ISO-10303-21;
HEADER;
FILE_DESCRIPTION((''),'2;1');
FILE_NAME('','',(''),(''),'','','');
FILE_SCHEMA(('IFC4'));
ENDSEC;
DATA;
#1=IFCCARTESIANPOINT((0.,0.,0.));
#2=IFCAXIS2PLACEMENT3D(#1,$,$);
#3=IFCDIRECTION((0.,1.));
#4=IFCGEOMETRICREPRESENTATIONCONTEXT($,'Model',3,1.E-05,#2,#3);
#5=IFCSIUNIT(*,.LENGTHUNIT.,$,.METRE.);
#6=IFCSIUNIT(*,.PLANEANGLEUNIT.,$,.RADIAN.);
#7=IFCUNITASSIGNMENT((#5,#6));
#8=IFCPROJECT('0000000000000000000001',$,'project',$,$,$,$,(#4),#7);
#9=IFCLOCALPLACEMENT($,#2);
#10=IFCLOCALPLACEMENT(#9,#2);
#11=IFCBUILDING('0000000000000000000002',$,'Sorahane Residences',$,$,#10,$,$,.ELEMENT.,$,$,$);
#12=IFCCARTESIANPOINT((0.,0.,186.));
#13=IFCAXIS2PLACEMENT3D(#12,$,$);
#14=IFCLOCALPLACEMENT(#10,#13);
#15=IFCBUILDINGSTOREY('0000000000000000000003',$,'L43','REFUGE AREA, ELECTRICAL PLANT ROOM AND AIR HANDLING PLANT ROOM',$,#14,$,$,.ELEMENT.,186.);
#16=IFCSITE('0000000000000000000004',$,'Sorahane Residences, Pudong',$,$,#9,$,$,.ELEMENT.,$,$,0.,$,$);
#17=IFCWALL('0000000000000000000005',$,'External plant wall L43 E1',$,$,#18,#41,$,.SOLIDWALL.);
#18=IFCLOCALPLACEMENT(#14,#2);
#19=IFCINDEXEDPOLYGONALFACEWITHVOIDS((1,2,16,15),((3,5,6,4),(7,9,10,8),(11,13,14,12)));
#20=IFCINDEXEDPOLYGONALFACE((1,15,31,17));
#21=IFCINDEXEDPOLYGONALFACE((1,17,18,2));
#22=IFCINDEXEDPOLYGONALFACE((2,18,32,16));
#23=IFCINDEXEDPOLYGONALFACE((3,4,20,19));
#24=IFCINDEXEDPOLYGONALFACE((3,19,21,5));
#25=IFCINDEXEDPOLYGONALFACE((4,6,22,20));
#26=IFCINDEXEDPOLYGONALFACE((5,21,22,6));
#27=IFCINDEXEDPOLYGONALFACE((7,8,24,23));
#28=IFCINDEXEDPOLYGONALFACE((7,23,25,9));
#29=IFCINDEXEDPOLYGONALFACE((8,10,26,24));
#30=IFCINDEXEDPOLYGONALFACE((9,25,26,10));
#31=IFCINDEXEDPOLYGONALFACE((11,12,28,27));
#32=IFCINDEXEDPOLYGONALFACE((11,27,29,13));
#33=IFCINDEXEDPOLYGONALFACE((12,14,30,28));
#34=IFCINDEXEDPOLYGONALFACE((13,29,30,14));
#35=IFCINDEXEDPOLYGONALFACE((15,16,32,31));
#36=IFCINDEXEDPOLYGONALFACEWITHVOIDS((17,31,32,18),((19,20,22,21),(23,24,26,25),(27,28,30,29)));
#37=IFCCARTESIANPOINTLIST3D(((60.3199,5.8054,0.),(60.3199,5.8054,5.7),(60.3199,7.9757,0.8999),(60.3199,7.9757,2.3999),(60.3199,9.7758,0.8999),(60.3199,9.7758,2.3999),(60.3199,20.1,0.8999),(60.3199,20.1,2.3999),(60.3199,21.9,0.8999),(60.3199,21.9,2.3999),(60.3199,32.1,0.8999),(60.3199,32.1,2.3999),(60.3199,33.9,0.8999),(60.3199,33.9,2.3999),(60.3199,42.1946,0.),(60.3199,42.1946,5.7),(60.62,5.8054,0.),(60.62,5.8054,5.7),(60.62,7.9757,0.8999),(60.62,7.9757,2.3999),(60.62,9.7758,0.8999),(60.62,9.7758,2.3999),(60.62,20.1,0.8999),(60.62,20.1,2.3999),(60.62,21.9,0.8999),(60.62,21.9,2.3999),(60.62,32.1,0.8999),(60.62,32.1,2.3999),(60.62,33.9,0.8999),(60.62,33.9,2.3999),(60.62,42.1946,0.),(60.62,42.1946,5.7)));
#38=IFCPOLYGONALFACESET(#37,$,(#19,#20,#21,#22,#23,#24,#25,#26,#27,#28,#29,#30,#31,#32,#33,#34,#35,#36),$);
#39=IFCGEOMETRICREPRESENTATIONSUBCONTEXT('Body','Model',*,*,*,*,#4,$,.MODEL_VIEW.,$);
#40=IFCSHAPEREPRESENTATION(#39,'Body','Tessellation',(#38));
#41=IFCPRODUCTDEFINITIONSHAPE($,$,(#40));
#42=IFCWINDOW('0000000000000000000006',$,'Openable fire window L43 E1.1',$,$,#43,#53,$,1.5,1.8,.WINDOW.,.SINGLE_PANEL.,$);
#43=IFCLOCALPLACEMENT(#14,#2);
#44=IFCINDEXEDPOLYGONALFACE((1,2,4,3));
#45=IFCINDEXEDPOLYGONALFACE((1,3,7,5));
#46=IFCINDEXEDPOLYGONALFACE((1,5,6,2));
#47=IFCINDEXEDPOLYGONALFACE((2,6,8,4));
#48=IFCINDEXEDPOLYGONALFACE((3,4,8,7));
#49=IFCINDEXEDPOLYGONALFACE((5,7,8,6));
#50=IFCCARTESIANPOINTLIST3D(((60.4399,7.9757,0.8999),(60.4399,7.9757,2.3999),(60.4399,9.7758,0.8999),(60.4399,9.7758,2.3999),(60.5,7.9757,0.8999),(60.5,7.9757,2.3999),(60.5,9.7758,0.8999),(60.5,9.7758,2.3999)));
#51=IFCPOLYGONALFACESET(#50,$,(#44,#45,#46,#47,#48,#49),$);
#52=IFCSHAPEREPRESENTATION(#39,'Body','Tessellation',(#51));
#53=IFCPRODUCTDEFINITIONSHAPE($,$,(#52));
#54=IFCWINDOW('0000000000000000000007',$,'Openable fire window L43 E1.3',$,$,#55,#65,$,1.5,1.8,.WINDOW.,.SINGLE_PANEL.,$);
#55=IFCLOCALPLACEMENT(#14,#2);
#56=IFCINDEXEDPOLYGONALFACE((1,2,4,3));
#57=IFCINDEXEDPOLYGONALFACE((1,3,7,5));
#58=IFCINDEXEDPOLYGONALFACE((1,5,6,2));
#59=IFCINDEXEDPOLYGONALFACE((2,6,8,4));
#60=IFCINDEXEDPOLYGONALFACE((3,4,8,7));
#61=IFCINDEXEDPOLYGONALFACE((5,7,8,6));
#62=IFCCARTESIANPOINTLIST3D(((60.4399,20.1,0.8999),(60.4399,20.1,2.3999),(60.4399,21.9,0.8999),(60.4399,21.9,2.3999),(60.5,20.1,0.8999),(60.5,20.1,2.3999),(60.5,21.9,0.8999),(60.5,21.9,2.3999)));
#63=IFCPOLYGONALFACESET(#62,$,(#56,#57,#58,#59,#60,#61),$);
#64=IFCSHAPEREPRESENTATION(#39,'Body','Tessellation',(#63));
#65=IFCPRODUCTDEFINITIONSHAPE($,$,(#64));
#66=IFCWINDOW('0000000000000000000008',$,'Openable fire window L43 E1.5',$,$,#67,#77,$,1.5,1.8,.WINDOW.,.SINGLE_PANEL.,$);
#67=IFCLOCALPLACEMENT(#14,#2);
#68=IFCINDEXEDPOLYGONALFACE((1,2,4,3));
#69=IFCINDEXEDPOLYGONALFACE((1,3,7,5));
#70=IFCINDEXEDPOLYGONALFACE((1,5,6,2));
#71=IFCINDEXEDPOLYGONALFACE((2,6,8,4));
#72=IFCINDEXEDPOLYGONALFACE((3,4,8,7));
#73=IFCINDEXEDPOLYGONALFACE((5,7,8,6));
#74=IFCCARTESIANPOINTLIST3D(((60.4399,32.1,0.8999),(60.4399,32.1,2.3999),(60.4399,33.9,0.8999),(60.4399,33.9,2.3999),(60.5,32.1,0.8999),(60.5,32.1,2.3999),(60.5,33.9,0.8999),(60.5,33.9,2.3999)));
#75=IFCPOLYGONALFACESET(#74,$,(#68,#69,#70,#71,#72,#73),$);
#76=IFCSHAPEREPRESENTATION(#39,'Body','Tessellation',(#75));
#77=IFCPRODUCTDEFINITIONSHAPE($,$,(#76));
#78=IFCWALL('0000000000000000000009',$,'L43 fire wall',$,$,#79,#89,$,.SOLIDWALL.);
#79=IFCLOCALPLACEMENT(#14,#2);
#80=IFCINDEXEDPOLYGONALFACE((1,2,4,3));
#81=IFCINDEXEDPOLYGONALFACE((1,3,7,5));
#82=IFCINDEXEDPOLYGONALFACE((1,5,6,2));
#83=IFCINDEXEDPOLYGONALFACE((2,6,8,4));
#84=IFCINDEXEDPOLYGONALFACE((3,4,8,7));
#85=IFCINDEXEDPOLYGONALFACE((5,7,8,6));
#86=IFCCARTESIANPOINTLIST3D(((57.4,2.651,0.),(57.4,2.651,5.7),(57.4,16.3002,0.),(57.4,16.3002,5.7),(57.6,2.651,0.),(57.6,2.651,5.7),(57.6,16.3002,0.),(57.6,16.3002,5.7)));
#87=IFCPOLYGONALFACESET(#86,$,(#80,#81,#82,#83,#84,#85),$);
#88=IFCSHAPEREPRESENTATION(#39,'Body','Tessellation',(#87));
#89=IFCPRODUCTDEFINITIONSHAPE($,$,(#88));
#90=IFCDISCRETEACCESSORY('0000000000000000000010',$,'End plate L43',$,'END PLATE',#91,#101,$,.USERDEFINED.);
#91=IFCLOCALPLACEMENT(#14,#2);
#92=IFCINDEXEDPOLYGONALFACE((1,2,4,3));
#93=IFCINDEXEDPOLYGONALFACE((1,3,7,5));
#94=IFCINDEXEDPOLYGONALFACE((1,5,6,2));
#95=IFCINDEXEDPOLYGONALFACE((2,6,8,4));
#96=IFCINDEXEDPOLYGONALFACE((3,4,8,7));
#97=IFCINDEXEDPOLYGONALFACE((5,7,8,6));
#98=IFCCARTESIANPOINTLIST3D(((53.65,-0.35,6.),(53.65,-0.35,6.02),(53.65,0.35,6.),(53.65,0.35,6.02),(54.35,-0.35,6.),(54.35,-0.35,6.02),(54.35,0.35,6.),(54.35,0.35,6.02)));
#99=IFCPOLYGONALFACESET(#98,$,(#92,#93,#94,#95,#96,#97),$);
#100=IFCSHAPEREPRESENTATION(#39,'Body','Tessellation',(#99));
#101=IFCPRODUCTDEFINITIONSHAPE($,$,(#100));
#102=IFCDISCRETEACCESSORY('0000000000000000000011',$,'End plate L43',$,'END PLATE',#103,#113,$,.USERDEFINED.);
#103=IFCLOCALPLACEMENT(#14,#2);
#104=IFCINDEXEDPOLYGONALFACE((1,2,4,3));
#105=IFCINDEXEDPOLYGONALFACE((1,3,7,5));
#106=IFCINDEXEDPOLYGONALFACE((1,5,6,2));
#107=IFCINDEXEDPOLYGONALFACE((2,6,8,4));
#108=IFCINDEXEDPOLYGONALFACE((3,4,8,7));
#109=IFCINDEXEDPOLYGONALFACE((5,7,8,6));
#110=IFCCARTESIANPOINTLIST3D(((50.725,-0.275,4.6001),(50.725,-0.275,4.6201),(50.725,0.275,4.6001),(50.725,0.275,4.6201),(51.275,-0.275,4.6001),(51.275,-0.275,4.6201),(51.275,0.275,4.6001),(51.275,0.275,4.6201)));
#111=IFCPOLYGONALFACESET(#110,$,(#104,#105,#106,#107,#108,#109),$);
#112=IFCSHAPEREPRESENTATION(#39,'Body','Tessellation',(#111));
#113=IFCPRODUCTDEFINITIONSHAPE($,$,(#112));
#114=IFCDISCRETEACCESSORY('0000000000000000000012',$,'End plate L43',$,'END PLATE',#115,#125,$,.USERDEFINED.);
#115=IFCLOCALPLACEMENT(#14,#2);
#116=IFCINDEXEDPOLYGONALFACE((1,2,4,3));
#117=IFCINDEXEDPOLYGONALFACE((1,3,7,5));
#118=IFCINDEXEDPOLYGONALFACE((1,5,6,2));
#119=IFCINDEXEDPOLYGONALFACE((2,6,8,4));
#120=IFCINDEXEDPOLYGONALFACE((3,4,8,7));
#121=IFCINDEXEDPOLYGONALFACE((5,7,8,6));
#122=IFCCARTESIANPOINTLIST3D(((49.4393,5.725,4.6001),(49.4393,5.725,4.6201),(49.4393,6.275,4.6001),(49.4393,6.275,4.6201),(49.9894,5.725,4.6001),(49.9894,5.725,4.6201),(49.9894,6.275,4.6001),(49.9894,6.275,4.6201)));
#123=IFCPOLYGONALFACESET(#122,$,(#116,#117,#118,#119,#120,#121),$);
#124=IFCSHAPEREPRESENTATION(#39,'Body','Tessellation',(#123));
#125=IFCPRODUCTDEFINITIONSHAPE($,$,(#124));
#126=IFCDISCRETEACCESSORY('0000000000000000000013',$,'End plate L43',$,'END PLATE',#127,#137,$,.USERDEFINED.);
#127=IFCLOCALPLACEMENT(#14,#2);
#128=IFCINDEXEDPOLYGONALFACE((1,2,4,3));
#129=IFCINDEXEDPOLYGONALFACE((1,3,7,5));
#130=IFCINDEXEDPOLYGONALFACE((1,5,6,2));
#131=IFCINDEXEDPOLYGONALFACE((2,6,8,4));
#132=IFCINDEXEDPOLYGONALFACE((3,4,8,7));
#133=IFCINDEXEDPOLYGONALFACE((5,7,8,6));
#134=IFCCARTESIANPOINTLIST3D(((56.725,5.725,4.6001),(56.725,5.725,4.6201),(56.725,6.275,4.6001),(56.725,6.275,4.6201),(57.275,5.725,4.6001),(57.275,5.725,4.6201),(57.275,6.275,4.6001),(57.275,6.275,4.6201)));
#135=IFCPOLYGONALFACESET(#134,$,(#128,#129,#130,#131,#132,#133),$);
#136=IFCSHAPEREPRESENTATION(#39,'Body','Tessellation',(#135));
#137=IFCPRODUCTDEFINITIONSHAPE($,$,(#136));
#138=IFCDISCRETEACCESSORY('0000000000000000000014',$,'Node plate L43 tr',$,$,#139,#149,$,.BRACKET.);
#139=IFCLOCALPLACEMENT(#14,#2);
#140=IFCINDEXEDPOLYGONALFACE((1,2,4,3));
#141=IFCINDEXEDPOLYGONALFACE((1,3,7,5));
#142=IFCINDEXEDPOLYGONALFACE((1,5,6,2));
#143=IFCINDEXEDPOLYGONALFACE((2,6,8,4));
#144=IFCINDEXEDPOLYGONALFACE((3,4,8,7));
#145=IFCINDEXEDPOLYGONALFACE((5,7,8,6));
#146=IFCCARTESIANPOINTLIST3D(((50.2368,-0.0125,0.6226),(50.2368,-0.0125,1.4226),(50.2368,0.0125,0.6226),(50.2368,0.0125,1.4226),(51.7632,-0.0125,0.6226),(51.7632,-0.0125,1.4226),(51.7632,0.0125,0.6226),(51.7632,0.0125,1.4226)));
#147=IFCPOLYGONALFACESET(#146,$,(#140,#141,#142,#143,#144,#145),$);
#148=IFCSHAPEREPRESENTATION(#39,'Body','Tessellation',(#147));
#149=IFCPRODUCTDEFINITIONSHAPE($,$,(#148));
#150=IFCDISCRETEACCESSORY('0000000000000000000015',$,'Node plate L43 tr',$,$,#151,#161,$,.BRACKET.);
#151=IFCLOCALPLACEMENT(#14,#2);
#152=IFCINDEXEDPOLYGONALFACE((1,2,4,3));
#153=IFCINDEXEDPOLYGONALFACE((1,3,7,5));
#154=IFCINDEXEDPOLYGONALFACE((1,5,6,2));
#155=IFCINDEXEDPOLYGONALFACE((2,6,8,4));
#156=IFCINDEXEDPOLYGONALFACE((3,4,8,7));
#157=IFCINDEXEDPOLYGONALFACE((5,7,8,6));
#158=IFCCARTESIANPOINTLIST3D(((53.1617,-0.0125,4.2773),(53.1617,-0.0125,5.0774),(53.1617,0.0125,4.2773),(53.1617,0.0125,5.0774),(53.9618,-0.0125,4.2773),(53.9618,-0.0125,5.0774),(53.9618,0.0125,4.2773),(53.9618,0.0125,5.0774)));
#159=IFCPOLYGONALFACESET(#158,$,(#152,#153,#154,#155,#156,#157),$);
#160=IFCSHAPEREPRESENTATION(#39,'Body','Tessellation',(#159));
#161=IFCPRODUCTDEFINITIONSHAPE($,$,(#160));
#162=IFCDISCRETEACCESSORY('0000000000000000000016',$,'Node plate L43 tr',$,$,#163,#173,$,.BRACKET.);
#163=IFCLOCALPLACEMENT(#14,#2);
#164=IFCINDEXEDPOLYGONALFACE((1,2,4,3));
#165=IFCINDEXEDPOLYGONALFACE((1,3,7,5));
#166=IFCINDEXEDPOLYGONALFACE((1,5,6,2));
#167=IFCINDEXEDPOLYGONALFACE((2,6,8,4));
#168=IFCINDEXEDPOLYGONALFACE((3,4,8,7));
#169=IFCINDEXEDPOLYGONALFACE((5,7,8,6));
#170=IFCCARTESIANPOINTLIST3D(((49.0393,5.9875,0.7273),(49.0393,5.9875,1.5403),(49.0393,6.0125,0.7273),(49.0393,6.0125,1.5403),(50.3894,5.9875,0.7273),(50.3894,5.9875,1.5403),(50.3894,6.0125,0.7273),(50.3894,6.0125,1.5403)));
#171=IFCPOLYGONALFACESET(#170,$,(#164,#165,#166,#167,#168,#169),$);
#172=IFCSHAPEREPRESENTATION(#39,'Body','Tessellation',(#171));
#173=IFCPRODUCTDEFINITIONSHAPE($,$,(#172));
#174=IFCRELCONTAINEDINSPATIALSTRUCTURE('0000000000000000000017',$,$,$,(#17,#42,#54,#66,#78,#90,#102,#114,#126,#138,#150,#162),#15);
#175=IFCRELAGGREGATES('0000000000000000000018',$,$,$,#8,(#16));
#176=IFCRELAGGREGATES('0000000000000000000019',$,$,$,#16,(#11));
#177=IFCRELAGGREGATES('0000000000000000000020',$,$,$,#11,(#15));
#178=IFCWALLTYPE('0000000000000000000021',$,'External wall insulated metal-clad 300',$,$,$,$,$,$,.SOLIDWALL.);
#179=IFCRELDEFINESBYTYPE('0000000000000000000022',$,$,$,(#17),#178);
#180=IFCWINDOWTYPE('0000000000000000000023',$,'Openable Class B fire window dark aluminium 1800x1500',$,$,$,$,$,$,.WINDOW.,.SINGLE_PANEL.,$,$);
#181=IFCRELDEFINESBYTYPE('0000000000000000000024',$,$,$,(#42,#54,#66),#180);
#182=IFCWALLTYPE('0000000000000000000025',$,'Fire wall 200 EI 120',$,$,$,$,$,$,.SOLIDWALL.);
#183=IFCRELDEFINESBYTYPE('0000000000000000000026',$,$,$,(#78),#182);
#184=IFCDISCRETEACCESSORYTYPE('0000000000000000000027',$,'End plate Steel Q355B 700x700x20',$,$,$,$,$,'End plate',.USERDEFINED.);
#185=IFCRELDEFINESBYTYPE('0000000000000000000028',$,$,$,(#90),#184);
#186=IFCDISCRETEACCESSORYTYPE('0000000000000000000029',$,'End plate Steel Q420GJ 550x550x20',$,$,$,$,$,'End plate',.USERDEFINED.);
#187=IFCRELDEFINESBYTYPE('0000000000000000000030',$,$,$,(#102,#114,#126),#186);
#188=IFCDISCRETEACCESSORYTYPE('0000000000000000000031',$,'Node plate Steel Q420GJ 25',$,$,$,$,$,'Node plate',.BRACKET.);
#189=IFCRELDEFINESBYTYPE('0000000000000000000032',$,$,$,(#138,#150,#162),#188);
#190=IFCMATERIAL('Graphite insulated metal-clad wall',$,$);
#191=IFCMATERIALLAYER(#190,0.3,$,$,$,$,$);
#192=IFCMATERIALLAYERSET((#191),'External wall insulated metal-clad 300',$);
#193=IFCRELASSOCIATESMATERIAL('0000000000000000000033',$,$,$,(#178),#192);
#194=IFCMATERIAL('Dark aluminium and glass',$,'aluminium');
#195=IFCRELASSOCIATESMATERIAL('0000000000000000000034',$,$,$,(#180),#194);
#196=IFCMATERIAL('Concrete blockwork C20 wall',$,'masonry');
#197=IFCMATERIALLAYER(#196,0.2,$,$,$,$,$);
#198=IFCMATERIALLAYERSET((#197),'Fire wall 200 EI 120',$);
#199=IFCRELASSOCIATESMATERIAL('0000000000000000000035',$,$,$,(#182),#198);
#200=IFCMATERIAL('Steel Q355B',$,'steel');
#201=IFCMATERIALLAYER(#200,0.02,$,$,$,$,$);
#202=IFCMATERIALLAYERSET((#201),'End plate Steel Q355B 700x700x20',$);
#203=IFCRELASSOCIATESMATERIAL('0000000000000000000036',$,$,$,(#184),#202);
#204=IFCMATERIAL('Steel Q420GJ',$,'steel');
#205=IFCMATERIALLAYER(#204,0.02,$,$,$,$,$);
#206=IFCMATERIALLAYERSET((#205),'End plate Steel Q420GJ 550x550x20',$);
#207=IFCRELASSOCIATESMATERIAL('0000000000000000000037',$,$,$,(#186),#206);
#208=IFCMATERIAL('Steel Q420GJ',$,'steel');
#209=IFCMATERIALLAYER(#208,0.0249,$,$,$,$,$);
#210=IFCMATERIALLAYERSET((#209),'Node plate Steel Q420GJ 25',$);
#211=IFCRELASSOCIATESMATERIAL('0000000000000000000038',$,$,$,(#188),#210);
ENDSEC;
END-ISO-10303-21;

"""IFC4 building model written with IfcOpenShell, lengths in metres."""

from ifc_helpers import new_model, si_unit, direction, frame, frame_2d, origin, origin_2d, place, context, subcontext, project, spatial, rectangle, extrude, material, layer, layer_set, type_object, element, fill, save


model = new_model("IFC4")

# Units and contexts
model_context = context("Model", 3, precision=1e-05, world=origin(), true_north=direction((0.0, 1.0)))
body_context = subcontext(model_context, "Body", "Model", "MODEL_VIEW")
ifc_project = project(units=[si_unit("LENGTHUNIT", "METRE"), si_unit("PLANEANGLEUNIT", "RADIAN")], contexts=[model_context])

# Site, building, storey
site_placement = place(None, origin())
site = spatial("IfcSite", under=ifc_project, at=site_placement, Name="Sorahane Residences, Pudong", CompositionType="ELEMENT", RefElevation=0.0)
building_placement = place(site_placement, origin())
building = spatial("IfcBuilding", under=site, at=building_placement, Name="Sorahane Residences", CompositionType="ELEMENT")
storey_placement = place(building_placement, frame((0.0, 0.0, 186.0)))
storey = spatial("IfcBuildingStorey", under=building, at=storey_placement, Name="L43", Description="REFUGE AREA, ELECTRICAL PLANT ROOM AND AIR HANDLING PLANT ROOM", CompositionType="ELEMENT", Elevation=186.0)

# Shared definitions
ifc_material_1 = material(Name="Graphite insulated metal-clad wall")
ifc_layer_1 = layer(ifc_material_1, 0.3)
ifc_layer_set_1 = layer_set([ifc_layer_1], Name="External wall insulated metal-clad 300")
wall_type_1 = type_object("IfcWallType", Name="External wall insulated metal-clad 300", PredefinedType="SOLIDWALL", material=ifc_layer_set_1)
ifc_material_2 = material(Name="Dark aluminium and glass", Category="aluminium")
window_type = type_object("IfcWindowType", Name="Openable Class B fire window dark aluminium 1800x1500", PartitioningType="SINGLE_PANEL", PredefinedType="WINDOW", material=ifc_material_2)

# Wall, openings, windows
wall_1_placement = place(storey_placement, frame((60.47, 5.8054, 0.0), z_axis=(0.0, 0.0, 1.0), x_axis=(0.0, 1.0, 0.0)))
wall_1 = element("IfcWall", 1, at=wall_1_placement, inside=storey, type_object=wall_type_1, Name="External plant wall L43 E1", PredefinedType="SOLIDWALL", context=body_context, shape_type="SweptSolid", body=[
    extrude(rectangle(XDim=36.3892, YDim=0.3, at=frame_2d((18.1946, 0.0))), origin(), (0.0, 0.0, 1.0), 5.7),
])
opening_1_placement = place(wall_1_placement, frame((2.1704, 0.0, 0.8999)))
opening_1 = element("IfcOpeningElement", 2, at=opening_1_placement, cuts=wall_1, PredefinedType="OPENING", context=body_context, shape_type="SweptSolid", body=[
    extrude(rectangle(XDim=1.8, YDim=1.5, at=frame_2d((0.8999, 0.75))), frame((0.0, 0.1599, 0.0), z_axis=(0.0, -1.0, 0.0), x_axis=(1.0, 0.0, 0.0)), (0.0, 0.0, 1.0), 0.3201),
])
opening_2_placement = place(wall_1_placement, frame((14.2947, 0.0, 0.8999)))
opening_2 = element("IfcOpeningElement", 3, at=opening_2_placement, cuts=wall_1, PredefinedType="OPENING", context=body_context, shape_type="SweptSolid", body=[
    extrude(rectangle(XDim=1.8, YDim=1.5, at=frame_2d((0.8999, 0.75))), frame((0.0, 0.1599, 0.0), z_axis=(0.0, -1.0, 0.0), x_axis=(1.0, 0.0, 0.0)), (0.0, 0.0, 1.0), 0.3201),
])
opening_3_placement = place(wall_1_placement, frame((26.2947, 0.0, 0.8999)))
opening_3 = element("IfcOpeningElement", 4, at=opening_3_placement, cuts=wall_1, PredefinedType="OPENING", context=body_context, shape_type="SweptSolid", body=[
    extrude(rectangle(XDim=1.8, YDim=1.5, at=frame_2d((0.8999, 0.75))), frame((0.0, 0.1599, 0.0), z_axis=(0.0, -1.0, 0.0), x_axis=(1.0, 0.0, 0.0)), (0.0, 0.0, 1.0), 0.3201),
])
window_1_placement = place(opening_1_placement, origin())
window_1 = element("IfcWindow", 5, at=window_1_placement, inside=storey, type_object=window_type, Name="Openable fire window L43 E1.1", OverallHeight=1.5, OverallWidth=1.8, PartitioningType="SINGLE_PANEL", PredefinedType="WINDOW", context=body_context, shape_type="SweptSolid", body=[
    extrude(rectangle(XDim=1.8, YDim=1.5, at=frame_2d((0.8999, 0.75))), frame((0.0, 0.03, 0.0), z_axis=(0.0, -1.0, 0.0), x_axis=(1.0, 0.0, 0.0)), (0.0, 0.0, 1.0), 0.0601),
])
fill(opening_1, window_1)
window_2_placement = place(opening_2_placement, origin())
window_2 = element("IfcWindow", 6, at=window_2_placement, inside=storey, type_object=window_type, Name="Openable fire window L43 E1.3", OverallHeight=1.5, OverallWidth=1.8, PartitioningType="SINGLE_PANEL", PredefinedType="WINDOW", context=body_context, shape_type="SweptSolid", body=[
    extrude(rectangle(XDim=1.8, YDim=1.5, at=frame_2d((0.8999, 0.75))), frame((0.0, 0.03, 0.0), z_axis=(0.0, -1.0, 0.0), x_axis=(1.0, 0.0, 0.0)), (0.0, 0.0, 1.0), 0.0601),
])
fill(opening_2, window_2)
window_3_placement = place(opening_3_placement, origin())
window_3 = element("IfcWindow", 7, at=window_3_placement, inside=storey, type_object=window_type, Name="Openable fire window L43 E1.5", OverallHeight=1.5, OverallWidth=1.8, PartitioningType="SINGLE_PANEL", PredefinedType="WINDOW", context=body_context, shape_type="SweptSolid", body=[
    extrude(rectangle(XDim=1.8, YDim=1.5, at=frame_2d((0.8999, 0.75))), frame((0.0, 0.03, 0.0), z_axis=(0.0, -1.0, 0.0), x_axis=(1.0, 0.0, 0.0)), (0.0, 0.0, 1.0), 0.0601),
])
fill(opening_3, window_3)

# Wall
ifc_material_3 = material(Name="Concrete blockwork C20 wall", Category="masonry")
ifc_layer_2 = layer(ifc_material_3, 0.2)
ifc_layer_set_2 = layer_set([ifc_layer_2], Name="Fire wall 200 EI 120")
wall_type_2 = type_object("IfcWallType", Name="Fire wall 200 EI 120", PredefinedType="SOLIDWALL", material=ifc_layer_set_2)
wall_2_placement = place(storey_placement, frame((57.5, 2.6509, 0.0), z_axis=(0.0, 0.0, 1.0), x_axis=(0.0, 1.0, 0.0)))
element("IfcWall", 8, at=wall_2_placement, inside=storey, type_object=wall_type_2, Name="L43 fire wall", PredefinedType="SOLIDWALL", context=body_context, shape_type="SweptSolid", body=[
    extrude(rectangle(XDim=13.6492, YDim=0.2, at=frame_2d((6.8247, 0.0))), origin(), (0.0, 0.0, 1.0), 5.7),
])

# Discrete accessories
ifc_material_4 = material(Name="Steel Q355B", Category="steel")
ifc_layer_3 = layer(ifc_material_4, 0.02)
ifc_layer_set_3 = layer_set([ifc_layer_3], Name="End plate Steel Q355B 700x700x20")
discrete_accessory_type_1 = type_object("IfcDiscreteAccessoryType", Name="End plate Steel Q355B 700x700x20", ElementType="End plate", PredefinedType="USERDEFINED", material=ifc_layer_set_3)
discrete_accessory_1_placement = place(storey_placement, frame((54.0, 0.0, 6.0), z_axis=(0.0, 0.0, 1.0), x_axis=(1.0, 0.0, 0.0)))
element("IfcDiscreteAccessory", 9, at=discrete_accessory_1_placement, inside=storey, type_object=discrete_accessory_type_1, Name="End plate L43", ObjectType="END PLATE", PredefinedType="USERDEFINED", context=body_context, shape_type="SweptSolid", body=[
    extrude(rectangle(XDim=0.7, YDim=0.7, at=origin_2d()), origin(), (0.0, 0.0, 1.0), 0.02),
])
ifc_material_5 = material(Name="Steel Q420GJ", Category="steel")
ifc_layer_4 = layer(ifc_material_5, 0.02)
ifc_layer_set_4 = layer_set([ifc_layer_4], Name="End plate Steel Q420GJ 550x550x20")
discrete_accessory_type_2 = type_object("IfcDiscreteAccessoryType", Name="End plate Steel Q420GJ 550x550x20", ElementType="End plate", PredefinedType="USERDEFINED", material=ifc_layer_set_4)
for number, where, z_axis, x_axis, name in (
    (10, (51.0, 0.0, 4.6001), (0.0, 0.0, 1.0), (1.0, 0.0, 0.0), "End plate L43"),
    (11, (49.7144, 6.0, 4.6001), (0.0, 0.0, 1.0), (1.0, 0.0, 0.0), "End plate L43"),
    (12, (57.0, 6.0, 4.6001), (0.0, 0.0, 1.0), (1.0, 0.0, 0.0), "End plate L43"),
):
    element("IfcDiscreteAccessory", number, at=place(storey_placement, frame(where, z_axis=z_axis, x_axis=x_axis)), inside=storey, type_object=discrete_accessory_type_2, Name=name, ObjectType="END PLATE", PredefinedType="USERDEFINED", context=body_context, shape_type="SweptSolid", body=[
        extrude(rectangle(XDim=0.55, YDim=0.55, at=origin_2d()), origin(), (0.0, 0.0, 1.0), 0.02),
    ])
ifc_material_6 = material(Name="Steel Q420GJ", Category="steel")
ifc_layer_5 = layer(ifc_material_6, 0.0249)
ifc_layer_set_5 = layer_set([ifc_layer_5], Name="Node plate Steel Q420GJ 25")
discrete_accessory_type_3 = type_object("IfcDiscreteAccessoryType", Name="Node plate Steel Q420GJ 25", ElementType="Node plate", PredefinedType="BRACKET", material=ifc_layer_set_5)
discrete_accessory_2_placement = place(storey_placement, frame((51.0, 0.0, 0.6226), z_axis=(0.0, 0.0, 1.0), x_axis=(1.0, 0.0, 0.0)))
element("IfcDiscreteAccessory", 13, at=discrete_accessory_2_placement, inside=storey, type_object=discrete_accessory_type_3, Name="Node plate L43 tr", PredefinedType="BRACKET", context=body_context, shape_type="SweptSolid", body=[
    extrude(rectangle(XDim=1.5264, YDim=0.0249, at=origin_2d()), origin(), (0.0, 0.0, 1.0), 0.8),
])
discrete_accessory_3_placement = place(storey_placement, frame((53.5618, 0.0, 4.2773), z_axis=(0.0, 0.0, 1.0), x_axis=(1.0, 0.0, 0.0)))
element("IfcDiscreteAccessory", 14, at=discrete_accessory_3_placement, inside=storey, type_object=discrete_accessory_type_3, Name="Node plate L43 tr", PredefinedType="BRACKET", context=body_context, shape_type="SweptSolid", body=[
    extrude(rectangle(XDim=0.8, YDim=0.0249, at=origin_2d()), origin(), (0.0, 0.0, 1.0), 0.8),
])
discrete_accessory_4_placement = place(storey_placement, frame((49.7144, 6.0, 0.7273), z_axis=(0.0, 0.0, 1.0), x_axis=(1.0, 0.0, 0.0)))
element("IfcDiscreteAccessory", 15, at=discrete_accessory_4_placement, inside=storey, type_object=discrete_accessory_type_3, Name="Node plate L43 tr", PredefinedType="BRACKET", context=body_context, shape_type="SweptSolid", body=[
    extrude(rectangle(XDim=1.3501, YDim=0.0249, at=origin_2d()), origin(), (0.0, 0.0, 1.0), 0.813),
])

save(model, "model.ifc")
